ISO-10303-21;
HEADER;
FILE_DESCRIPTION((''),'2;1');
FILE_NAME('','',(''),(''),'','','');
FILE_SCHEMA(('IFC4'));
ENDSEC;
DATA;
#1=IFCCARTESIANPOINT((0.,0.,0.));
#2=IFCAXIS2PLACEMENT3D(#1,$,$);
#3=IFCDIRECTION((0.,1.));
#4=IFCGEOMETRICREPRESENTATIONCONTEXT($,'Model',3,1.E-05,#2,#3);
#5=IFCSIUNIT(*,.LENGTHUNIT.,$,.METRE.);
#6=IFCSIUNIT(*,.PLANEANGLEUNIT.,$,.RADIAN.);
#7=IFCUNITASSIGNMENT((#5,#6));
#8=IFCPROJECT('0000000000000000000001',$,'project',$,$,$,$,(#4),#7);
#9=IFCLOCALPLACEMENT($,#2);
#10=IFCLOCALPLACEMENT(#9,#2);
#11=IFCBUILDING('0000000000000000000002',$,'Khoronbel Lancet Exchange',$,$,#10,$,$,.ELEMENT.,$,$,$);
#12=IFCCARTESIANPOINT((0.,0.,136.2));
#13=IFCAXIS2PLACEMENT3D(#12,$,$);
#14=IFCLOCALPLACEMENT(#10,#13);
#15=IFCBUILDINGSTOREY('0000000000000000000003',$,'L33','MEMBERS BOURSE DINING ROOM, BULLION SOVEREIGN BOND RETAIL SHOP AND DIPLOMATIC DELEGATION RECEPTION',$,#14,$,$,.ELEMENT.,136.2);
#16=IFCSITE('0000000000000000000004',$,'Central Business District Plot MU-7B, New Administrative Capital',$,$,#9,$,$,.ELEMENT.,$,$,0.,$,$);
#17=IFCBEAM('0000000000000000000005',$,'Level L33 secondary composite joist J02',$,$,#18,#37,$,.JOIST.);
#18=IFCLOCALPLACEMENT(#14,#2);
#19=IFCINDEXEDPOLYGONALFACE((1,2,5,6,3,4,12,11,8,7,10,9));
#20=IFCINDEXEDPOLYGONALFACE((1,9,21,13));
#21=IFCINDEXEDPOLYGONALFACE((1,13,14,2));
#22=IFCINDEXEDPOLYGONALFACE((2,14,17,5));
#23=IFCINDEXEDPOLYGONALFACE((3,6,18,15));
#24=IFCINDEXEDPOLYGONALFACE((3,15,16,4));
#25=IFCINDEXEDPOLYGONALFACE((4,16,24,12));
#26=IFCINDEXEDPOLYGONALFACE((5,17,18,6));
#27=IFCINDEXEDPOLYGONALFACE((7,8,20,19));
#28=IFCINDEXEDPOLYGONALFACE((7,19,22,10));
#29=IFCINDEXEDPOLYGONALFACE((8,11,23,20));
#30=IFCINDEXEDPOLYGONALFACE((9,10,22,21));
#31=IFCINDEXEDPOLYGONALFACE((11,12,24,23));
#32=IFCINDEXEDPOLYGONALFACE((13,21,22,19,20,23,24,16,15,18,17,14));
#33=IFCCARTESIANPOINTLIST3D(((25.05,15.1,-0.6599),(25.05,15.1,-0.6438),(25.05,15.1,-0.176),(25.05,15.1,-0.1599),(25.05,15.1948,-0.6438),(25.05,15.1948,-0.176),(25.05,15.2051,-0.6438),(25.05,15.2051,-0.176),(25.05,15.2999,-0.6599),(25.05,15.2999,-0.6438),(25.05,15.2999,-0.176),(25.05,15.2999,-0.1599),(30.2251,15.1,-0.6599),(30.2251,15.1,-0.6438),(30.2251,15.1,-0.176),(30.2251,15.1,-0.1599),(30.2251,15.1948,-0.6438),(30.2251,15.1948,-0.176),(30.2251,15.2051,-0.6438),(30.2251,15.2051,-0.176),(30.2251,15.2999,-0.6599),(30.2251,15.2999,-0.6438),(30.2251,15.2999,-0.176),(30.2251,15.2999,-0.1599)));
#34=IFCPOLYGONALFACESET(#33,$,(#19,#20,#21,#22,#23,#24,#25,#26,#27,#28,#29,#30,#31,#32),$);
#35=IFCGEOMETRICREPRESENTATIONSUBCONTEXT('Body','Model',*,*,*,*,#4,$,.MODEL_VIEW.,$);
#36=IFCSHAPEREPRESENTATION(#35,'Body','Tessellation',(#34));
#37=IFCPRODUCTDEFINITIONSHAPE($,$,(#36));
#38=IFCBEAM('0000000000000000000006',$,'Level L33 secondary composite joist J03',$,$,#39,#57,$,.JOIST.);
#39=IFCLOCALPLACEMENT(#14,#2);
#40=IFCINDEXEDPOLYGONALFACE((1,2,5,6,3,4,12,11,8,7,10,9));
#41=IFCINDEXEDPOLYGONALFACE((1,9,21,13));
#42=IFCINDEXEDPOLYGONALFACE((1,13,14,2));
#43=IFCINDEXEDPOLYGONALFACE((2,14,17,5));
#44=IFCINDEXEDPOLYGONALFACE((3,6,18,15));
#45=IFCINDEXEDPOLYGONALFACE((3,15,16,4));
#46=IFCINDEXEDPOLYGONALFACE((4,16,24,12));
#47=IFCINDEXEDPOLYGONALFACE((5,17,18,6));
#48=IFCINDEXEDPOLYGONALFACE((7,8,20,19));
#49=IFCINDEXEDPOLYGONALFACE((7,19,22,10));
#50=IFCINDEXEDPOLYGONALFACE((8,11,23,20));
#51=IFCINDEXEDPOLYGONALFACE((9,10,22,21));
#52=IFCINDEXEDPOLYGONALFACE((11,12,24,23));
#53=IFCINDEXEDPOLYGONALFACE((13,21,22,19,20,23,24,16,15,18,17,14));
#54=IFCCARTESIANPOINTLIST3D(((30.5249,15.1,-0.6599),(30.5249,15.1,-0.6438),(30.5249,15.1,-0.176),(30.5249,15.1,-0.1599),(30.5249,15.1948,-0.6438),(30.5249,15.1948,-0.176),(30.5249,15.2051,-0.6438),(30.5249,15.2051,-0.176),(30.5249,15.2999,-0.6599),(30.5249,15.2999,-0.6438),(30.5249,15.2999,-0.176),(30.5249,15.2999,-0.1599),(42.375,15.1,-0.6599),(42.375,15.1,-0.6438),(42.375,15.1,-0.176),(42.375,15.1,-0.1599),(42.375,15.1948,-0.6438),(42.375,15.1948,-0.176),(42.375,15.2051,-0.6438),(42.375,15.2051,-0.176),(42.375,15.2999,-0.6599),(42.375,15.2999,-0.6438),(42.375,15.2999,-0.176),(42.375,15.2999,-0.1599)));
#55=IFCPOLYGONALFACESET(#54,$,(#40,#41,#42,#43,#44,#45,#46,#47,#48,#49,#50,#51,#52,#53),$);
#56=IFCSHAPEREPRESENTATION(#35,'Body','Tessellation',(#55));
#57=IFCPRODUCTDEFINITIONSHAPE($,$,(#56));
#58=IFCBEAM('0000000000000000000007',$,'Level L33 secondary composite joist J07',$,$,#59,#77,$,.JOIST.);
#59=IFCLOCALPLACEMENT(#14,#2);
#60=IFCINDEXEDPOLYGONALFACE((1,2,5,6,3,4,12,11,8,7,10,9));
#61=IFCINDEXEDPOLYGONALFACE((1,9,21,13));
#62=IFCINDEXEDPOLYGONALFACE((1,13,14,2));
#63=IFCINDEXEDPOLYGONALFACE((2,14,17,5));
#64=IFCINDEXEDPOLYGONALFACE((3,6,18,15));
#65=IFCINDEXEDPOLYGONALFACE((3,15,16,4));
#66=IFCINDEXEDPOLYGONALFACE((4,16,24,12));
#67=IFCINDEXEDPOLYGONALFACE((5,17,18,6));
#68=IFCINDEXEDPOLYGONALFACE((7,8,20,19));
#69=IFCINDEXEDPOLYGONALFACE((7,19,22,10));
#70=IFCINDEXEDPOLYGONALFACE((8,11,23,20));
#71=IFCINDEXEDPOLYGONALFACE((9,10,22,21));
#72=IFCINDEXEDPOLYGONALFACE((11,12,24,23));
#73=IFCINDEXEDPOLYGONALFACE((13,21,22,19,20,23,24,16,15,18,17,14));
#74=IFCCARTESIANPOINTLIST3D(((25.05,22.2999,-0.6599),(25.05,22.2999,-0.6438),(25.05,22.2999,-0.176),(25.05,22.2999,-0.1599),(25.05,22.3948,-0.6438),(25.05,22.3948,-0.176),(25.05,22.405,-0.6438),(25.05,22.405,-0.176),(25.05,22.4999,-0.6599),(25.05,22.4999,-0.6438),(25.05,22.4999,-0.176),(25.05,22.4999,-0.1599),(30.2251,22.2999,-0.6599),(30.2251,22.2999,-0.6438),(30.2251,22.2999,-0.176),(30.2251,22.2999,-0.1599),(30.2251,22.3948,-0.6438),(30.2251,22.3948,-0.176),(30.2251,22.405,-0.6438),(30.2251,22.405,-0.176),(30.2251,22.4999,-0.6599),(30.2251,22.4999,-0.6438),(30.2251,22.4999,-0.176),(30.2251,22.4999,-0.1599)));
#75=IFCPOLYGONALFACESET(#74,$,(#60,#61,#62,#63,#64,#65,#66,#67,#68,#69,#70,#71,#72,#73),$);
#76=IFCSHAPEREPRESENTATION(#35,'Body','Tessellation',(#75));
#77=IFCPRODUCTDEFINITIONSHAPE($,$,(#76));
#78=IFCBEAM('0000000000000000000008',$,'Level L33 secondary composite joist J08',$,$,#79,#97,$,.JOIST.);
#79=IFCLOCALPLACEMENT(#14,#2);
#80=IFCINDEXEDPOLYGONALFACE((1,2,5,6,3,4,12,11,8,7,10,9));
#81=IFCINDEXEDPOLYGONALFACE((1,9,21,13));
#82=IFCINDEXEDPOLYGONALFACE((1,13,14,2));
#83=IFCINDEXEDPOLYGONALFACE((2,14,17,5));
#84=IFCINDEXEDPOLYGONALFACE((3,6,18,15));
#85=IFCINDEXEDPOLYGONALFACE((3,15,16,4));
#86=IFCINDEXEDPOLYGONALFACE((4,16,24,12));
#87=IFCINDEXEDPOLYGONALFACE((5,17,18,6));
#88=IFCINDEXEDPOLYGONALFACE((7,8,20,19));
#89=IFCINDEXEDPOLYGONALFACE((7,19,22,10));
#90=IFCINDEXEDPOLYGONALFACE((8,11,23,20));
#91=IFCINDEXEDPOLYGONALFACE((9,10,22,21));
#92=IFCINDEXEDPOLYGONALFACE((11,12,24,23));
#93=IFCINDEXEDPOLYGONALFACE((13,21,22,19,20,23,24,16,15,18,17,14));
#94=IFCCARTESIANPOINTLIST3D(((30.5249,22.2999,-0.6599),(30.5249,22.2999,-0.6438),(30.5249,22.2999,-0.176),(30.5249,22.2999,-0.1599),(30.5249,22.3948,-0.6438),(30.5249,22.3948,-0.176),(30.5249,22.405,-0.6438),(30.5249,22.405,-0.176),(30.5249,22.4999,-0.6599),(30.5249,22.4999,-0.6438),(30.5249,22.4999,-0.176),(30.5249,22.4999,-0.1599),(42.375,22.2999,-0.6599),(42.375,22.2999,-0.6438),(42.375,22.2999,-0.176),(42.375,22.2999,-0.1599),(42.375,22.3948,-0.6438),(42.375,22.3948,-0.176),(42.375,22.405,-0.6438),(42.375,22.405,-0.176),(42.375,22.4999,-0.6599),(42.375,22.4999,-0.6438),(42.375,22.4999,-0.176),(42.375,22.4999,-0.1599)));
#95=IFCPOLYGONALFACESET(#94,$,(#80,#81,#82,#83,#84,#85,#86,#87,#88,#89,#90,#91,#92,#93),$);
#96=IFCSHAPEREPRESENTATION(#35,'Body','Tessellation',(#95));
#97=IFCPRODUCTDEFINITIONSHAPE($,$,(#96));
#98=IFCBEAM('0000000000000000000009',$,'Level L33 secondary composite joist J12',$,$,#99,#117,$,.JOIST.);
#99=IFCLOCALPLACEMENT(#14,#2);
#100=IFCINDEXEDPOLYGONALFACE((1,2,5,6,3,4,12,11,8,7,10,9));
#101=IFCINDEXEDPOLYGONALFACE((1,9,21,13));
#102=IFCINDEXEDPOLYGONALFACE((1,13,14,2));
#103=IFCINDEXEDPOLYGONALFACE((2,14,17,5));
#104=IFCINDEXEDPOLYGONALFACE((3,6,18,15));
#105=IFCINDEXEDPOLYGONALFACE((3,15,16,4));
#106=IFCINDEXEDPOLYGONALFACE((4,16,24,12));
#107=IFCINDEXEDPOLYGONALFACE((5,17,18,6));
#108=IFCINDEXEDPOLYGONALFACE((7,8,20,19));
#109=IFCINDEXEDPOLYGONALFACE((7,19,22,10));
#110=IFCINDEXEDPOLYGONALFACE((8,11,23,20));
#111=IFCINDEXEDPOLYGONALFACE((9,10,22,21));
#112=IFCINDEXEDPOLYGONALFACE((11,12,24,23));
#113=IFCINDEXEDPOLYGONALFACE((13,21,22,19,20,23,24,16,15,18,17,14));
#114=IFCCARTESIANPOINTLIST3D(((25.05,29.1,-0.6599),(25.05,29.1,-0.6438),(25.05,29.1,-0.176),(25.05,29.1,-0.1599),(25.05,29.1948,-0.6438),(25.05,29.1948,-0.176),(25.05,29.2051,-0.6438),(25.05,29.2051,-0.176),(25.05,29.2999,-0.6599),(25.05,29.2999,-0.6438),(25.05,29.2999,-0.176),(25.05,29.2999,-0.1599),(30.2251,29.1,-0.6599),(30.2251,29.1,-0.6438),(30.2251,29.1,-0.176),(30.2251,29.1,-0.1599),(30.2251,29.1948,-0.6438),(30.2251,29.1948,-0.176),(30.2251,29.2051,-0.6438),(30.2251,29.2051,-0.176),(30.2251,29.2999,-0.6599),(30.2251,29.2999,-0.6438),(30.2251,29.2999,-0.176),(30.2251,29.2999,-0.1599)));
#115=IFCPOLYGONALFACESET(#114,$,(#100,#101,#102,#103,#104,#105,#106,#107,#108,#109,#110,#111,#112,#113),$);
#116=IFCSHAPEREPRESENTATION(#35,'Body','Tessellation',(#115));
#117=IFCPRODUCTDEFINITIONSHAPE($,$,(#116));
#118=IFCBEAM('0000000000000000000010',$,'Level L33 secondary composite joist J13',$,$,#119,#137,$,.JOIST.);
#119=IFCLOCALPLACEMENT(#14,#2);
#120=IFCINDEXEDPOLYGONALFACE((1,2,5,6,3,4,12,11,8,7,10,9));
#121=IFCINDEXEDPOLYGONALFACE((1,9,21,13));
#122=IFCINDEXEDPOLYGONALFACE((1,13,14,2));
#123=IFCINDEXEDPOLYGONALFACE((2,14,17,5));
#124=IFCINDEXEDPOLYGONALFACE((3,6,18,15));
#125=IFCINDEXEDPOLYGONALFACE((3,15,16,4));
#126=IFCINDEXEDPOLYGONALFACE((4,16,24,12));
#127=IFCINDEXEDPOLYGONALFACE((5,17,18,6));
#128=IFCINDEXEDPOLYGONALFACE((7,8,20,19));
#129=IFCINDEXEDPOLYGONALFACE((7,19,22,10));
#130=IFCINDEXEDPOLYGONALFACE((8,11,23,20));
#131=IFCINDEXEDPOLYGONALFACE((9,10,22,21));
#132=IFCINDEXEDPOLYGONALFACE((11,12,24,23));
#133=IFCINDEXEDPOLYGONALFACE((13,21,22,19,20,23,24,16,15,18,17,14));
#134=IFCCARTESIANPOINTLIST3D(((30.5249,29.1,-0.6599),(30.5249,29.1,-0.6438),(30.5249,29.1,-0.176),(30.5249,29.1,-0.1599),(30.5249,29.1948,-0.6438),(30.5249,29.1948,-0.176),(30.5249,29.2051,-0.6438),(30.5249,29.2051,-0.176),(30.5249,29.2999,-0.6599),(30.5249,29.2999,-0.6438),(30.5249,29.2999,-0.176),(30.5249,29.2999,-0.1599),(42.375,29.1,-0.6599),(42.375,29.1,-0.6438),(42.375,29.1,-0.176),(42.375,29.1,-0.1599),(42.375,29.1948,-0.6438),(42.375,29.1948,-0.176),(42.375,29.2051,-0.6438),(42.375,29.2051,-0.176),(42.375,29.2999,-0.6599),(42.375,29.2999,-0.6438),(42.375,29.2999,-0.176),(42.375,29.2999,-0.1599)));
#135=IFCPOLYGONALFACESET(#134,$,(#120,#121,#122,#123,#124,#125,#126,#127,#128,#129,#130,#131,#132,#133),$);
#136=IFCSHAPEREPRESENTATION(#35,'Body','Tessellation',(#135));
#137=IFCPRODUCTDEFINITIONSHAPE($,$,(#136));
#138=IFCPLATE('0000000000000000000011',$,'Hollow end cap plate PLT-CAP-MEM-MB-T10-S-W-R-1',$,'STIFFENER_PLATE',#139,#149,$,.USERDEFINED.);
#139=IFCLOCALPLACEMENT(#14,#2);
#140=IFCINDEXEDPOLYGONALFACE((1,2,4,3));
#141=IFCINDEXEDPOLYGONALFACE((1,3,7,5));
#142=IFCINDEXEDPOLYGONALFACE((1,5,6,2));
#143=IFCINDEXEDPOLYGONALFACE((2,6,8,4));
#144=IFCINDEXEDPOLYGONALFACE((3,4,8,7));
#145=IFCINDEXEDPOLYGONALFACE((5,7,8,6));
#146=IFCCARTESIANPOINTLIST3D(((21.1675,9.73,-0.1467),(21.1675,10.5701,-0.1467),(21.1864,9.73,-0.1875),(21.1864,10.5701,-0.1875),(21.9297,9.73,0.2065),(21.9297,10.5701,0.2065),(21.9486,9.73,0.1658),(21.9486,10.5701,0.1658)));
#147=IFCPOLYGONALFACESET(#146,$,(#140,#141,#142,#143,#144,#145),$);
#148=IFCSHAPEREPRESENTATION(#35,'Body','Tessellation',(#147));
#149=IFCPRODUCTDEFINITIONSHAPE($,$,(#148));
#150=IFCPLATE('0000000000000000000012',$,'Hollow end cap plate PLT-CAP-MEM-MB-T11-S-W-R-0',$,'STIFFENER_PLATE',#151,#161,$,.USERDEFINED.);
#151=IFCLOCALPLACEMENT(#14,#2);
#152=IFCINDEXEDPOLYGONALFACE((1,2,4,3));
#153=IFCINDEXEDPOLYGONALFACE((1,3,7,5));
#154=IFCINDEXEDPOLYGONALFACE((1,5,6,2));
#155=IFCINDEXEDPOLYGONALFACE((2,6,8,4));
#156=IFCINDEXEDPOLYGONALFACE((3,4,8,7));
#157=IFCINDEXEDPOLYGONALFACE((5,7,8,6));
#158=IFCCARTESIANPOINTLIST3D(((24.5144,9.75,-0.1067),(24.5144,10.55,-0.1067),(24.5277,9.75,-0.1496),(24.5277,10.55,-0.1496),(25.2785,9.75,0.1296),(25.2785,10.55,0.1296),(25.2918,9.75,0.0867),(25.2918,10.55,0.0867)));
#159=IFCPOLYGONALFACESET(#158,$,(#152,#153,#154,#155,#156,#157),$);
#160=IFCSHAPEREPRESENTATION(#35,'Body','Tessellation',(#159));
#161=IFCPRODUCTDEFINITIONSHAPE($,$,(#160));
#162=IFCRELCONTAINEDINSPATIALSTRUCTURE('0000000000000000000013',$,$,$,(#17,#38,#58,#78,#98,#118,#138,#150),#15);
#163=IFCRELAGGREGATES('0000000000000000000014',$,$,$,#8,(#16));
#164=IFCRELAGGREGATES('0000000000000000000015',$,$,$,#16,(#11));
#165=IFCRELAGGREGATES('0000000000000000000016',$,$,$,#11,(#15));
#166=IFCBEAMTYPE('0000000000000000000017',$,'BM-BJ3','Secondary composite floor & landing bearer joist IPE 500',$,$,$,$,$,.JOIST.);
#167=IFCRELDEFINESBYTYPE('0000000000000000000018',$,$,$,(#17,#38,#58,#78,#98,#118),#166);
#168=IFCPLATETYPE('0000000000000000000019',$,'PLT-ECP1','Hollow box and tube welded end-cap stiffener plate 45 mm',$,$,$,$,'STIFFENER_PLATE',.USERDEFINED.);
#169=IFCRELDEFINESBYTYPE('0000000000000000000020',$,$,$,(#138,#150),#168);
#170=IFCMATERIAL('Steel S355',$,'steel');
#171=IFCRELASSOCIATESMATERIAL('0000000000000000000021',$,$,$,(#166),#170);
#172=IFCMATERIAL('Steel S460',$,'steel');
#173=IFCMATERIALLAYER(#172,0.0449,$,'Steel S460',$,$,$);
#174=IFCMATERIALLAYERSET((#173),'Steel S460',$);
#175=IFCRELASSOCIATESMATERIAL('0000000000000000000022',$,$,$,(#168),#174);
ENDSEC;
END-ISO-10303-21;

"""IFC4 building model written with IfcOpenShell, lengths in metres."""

from ifc_helpers import new_model, si_unit, direction, frame, origin, origin_2d, place, context, subcontext, project, spatial, polyline, i_section, outline, extrude, material, layer, layer_set, material_profile, profile_set, type_object, element, save


model = new_model("IFC4")

# Units and contexts
model_context = context("Model", 3, precision=1e-05, world=origin(), true_north=direction((0.0, 1.0)))
body_context = subcontext(model_context, "Body", "Model", "MODEL_VIEW")
ifc_project = project(units=[si_unit("LENGTHUNIT", "METRE"), si_unit("PLANEANGLEUNIT", "RADIAN")], contexts=[model_context])

# Site, building, storey
site_placement = place(None, origin())
site = spatial("IfcSite", under=ifc_project, at=site_placement, Name="Central Business District Plot MU-7B, New Administrative Capital", CompositionType="ELEMENT", RefElevation=0.0)
building_placement = place(site_placement, origin())
building = spatial("IfcBuilding", under=site, at=building_placement, Name="Khoronbel Lancet Exchange", CompositionType="ELEMENT")
storey_placement = place(building_placement, frame((0.0, 0.0, 136.2)))
storey = spatial("IfcBuildingStorey", under=building, at=storey_placement, Name="L33", Description="MEMBERS BOURSE DINING ROOM, BULLION SOVEREIGN BOND RETAIL SHOP AND DIPLOMATIC DELEGATION RECEPTION", CompositionType="ELEMENT", Elevation=136.2)

# Beams
ifc_material_1 = material(Name="Steel S355", Category="steel")
ifc_material_profile = material_profile(ifc_material_1, i_section(OverallWidth=0.2, OverallDepth=0.5, WebThickness=0.0103, FlangeThickness=0.0161, at=origin_2d()), Name="IPE 500")
ifc_profile_set = profile_set([ifc_material_profile], Name="Steel S355")
beam_type = type_object("IfcBeamType", Name="BM-BJ3", Description="Secondary composite floor & landing bearer joist IPE 500", PredefinedType="JOIST", material=ifc_profile_set)
beam_1_placement = place(storey_placement, frame((25.05, 15.2, -0.4099), z_axis=(1.0, 0.0, 0.0), x_axis=(0.0, 1.0, 0.0)))
element("IfcBeam", 1, at=beam_1_placement, inside=storey, type_object=beam_type, Name="Level L33 secondary composite joist J02", PredefinedType="JOIST", context=body_context, shape_type="SweptSolid", body=[
    extrude(i_section(OverallWidth=0.2, OverallDepth=0.5, WebThickness=0.0103, FlangeThickness=0.0161, at=origin_2d()), origin(), (0.0, 0.0, 1.0), 5.175),
])
beam_2_placement = place(storey_placement, frame((30.5249, 15.2, -0.4099), z_axis=(1.0, 0.0, 0.0), x_axis=(0.0, 1.0, 0.0)))
element("IfcBeam", 2, at=beam_2_placement, inside=storey, type_object=beam_type, Name="Level L33 secondary composite joist J03", PredefinedType="JOIST", context=body_context, shape_type="SweptSolid", body=[
    extrude(i_section(OverallWidth=0.2, OverallDepth=0.5, WebThickness=0.0103, FlangeThickness=0.0161, at=origin_2d()), origin(), (0.0, 0.0, 1.0), 11.8501),
])
beam_3_placement = place(storey_placement, frame((25.05, 22.3999, -0.4099), z_axis=(1.0, 0.0, 0.0), x_axis=(0.0, 1.0, 0.0)))
element("IfcBeam", 3, at=beam_3_placement, inside=storey, type_object=beam_type, Name="Level L33 secondary composite joist J07", PredefinedType="JOIST", context=body_context, shape_type="SweptSolid", body=[
    extrude(i_section(OverallWidth=0.2, OverallDepth=0.5, WebThickness=0.0103, FlangeThickness=0.0161, at=origin_2d()), origin(), (0.0, 0.0, 1.0), 5.175),
])
beam_4_placement = place(storey_placement, frame((30.5249, 22.3999, -0.4099), z_axis=(1.0, 0.0, 0.0), x_axis=(0.0, 1.0, 0.0)))
element("IfcBeam", 4, at=beam_4_placement, inside=storey, type_object=beam_type, Name="Level L33 secondary composite joist J08", PredefinedType="JOIST", context=body_context, shape_type="SweptSolid", body=[
    extrude(i_section(OverallWidth=0.2, OverallDepth=0.5, WebThickness=0.0103, FlangeThickness=0.0161, at=origin_2d()), origin(), (0.0, 0.0, 1.0), 11.8501),
])
beam_5_placement = place(storey_placement, frame((25.05, 29.2, -0.4099), z_axis=(1.0, 0.0, 0.0), x_axis=(0.0, 1.0, 0.0)))
element("IfcBeam", 5, at=beam_5_placement, inside=storey, type_object=beam_type, Name="Level L33 secondary composite joist J12", PredefinedType="JOIST", context=body_context, shape_type="SweptSolid", body=[
    extrude(i_section(OverallWidth=0.2, OverallDepth=0.5, WebThickness=0.0103, FlangeThickness=0.0161, at=origin_2d()), origin(), (0.0, 0.0, 1.0), 5.175),
])
beam_6_placement = place(storey_placement, frame((30.5249, 29.2, -0.4099), z_axis=(1.0, 0.0, 0.0), x_axis=(0.0, 1.0, 0.0)))
element("IfcBeam", 6, at=beam_6_placement, inside=storey, type_object=beam_type, Name="Level L33 secondary composite joist J13", PredefinedType="JOIST", context=body_context, shape_type="SweptSolid", body=[
    extrude(i_section(OverallWidth=0.2, OverallDepth=0.5, WebThickness=0.0103, FlangeThickness=0.0161, at=origin_2d()), origin(), (0.0, 0.0, 1.0), 11.8501),
])

# Plates
ifc_material_2 = material(Name="Steel S460", Category="steel")
ifc_layer_1 = layer(ifc_material_2, 0.0449, Name="Steel S460")
ifc_layer_set_1 = layer_set([ifc_layer_1], Name="Steel S460")
plate_type = type_object("IfcPlateType", Name="PLT-ECP1", Description="Hollow box and tube welded end-cap stiffener plate 45 mm", ElementType="STIFFENER_PLATE", PredefinedType="USERDEFINED", material=ifc_layer_set_1)
plate_1_placement = place(storey_placement, frame((21.1675, 10.5701, -0.1467), z_axis=(-0.420514, 0.0, 0.907286), x_axis=(0.0, -1.0, 0.0)))
element("IfcPlate", 7, at=plate_1_placement, inside=storey, type_object=plate_type, Name="Hollow end cap plate PLT-CAP-MEM-MB-T10-S-W-R-1", ObjectType="STIFFENER_PLATE", PredefinedType="USERDEFINED", context=body_context, shape_type="SweptSolid", body=[
    extrude(outline(polyline([(0.0, 0.0), (0.8401, 0.0), (0.8401, 0.8401), (0.0, 0.8401), (0.0, 0.0)])), origin(), (0.0, 0.0, -1.0), 0.0449),
])
plate_2_placement = place(storey_placement, frame((24.5144, 10.55, -0.1067), z_axis=(-0.295458, 0.0, 0.955356), x_axis=(0.0, -1.0, 0.0)))
element("IfcPlate", 8, at=plate_2_placement, inside=storey, type_object=plate_type, Name="Hollow end cap plate PLT-CAP-MEM-MB-T11-S-W-R-0", ObjectType="STIFFENER_PLATE", PredefinedType="USERDEFINED", context=body_context, shape_type="SweptSolid", body=[
    extrude(outline(polyline([(0.0, 0.0), (0.8, 0.0), (0.8, 0.7998), (0.0, 0.7998), (0.0, 0.0)])), origin(), (0.0, 0.0, -1.0), 0.0449),
])

save(model, "model.ifc")
